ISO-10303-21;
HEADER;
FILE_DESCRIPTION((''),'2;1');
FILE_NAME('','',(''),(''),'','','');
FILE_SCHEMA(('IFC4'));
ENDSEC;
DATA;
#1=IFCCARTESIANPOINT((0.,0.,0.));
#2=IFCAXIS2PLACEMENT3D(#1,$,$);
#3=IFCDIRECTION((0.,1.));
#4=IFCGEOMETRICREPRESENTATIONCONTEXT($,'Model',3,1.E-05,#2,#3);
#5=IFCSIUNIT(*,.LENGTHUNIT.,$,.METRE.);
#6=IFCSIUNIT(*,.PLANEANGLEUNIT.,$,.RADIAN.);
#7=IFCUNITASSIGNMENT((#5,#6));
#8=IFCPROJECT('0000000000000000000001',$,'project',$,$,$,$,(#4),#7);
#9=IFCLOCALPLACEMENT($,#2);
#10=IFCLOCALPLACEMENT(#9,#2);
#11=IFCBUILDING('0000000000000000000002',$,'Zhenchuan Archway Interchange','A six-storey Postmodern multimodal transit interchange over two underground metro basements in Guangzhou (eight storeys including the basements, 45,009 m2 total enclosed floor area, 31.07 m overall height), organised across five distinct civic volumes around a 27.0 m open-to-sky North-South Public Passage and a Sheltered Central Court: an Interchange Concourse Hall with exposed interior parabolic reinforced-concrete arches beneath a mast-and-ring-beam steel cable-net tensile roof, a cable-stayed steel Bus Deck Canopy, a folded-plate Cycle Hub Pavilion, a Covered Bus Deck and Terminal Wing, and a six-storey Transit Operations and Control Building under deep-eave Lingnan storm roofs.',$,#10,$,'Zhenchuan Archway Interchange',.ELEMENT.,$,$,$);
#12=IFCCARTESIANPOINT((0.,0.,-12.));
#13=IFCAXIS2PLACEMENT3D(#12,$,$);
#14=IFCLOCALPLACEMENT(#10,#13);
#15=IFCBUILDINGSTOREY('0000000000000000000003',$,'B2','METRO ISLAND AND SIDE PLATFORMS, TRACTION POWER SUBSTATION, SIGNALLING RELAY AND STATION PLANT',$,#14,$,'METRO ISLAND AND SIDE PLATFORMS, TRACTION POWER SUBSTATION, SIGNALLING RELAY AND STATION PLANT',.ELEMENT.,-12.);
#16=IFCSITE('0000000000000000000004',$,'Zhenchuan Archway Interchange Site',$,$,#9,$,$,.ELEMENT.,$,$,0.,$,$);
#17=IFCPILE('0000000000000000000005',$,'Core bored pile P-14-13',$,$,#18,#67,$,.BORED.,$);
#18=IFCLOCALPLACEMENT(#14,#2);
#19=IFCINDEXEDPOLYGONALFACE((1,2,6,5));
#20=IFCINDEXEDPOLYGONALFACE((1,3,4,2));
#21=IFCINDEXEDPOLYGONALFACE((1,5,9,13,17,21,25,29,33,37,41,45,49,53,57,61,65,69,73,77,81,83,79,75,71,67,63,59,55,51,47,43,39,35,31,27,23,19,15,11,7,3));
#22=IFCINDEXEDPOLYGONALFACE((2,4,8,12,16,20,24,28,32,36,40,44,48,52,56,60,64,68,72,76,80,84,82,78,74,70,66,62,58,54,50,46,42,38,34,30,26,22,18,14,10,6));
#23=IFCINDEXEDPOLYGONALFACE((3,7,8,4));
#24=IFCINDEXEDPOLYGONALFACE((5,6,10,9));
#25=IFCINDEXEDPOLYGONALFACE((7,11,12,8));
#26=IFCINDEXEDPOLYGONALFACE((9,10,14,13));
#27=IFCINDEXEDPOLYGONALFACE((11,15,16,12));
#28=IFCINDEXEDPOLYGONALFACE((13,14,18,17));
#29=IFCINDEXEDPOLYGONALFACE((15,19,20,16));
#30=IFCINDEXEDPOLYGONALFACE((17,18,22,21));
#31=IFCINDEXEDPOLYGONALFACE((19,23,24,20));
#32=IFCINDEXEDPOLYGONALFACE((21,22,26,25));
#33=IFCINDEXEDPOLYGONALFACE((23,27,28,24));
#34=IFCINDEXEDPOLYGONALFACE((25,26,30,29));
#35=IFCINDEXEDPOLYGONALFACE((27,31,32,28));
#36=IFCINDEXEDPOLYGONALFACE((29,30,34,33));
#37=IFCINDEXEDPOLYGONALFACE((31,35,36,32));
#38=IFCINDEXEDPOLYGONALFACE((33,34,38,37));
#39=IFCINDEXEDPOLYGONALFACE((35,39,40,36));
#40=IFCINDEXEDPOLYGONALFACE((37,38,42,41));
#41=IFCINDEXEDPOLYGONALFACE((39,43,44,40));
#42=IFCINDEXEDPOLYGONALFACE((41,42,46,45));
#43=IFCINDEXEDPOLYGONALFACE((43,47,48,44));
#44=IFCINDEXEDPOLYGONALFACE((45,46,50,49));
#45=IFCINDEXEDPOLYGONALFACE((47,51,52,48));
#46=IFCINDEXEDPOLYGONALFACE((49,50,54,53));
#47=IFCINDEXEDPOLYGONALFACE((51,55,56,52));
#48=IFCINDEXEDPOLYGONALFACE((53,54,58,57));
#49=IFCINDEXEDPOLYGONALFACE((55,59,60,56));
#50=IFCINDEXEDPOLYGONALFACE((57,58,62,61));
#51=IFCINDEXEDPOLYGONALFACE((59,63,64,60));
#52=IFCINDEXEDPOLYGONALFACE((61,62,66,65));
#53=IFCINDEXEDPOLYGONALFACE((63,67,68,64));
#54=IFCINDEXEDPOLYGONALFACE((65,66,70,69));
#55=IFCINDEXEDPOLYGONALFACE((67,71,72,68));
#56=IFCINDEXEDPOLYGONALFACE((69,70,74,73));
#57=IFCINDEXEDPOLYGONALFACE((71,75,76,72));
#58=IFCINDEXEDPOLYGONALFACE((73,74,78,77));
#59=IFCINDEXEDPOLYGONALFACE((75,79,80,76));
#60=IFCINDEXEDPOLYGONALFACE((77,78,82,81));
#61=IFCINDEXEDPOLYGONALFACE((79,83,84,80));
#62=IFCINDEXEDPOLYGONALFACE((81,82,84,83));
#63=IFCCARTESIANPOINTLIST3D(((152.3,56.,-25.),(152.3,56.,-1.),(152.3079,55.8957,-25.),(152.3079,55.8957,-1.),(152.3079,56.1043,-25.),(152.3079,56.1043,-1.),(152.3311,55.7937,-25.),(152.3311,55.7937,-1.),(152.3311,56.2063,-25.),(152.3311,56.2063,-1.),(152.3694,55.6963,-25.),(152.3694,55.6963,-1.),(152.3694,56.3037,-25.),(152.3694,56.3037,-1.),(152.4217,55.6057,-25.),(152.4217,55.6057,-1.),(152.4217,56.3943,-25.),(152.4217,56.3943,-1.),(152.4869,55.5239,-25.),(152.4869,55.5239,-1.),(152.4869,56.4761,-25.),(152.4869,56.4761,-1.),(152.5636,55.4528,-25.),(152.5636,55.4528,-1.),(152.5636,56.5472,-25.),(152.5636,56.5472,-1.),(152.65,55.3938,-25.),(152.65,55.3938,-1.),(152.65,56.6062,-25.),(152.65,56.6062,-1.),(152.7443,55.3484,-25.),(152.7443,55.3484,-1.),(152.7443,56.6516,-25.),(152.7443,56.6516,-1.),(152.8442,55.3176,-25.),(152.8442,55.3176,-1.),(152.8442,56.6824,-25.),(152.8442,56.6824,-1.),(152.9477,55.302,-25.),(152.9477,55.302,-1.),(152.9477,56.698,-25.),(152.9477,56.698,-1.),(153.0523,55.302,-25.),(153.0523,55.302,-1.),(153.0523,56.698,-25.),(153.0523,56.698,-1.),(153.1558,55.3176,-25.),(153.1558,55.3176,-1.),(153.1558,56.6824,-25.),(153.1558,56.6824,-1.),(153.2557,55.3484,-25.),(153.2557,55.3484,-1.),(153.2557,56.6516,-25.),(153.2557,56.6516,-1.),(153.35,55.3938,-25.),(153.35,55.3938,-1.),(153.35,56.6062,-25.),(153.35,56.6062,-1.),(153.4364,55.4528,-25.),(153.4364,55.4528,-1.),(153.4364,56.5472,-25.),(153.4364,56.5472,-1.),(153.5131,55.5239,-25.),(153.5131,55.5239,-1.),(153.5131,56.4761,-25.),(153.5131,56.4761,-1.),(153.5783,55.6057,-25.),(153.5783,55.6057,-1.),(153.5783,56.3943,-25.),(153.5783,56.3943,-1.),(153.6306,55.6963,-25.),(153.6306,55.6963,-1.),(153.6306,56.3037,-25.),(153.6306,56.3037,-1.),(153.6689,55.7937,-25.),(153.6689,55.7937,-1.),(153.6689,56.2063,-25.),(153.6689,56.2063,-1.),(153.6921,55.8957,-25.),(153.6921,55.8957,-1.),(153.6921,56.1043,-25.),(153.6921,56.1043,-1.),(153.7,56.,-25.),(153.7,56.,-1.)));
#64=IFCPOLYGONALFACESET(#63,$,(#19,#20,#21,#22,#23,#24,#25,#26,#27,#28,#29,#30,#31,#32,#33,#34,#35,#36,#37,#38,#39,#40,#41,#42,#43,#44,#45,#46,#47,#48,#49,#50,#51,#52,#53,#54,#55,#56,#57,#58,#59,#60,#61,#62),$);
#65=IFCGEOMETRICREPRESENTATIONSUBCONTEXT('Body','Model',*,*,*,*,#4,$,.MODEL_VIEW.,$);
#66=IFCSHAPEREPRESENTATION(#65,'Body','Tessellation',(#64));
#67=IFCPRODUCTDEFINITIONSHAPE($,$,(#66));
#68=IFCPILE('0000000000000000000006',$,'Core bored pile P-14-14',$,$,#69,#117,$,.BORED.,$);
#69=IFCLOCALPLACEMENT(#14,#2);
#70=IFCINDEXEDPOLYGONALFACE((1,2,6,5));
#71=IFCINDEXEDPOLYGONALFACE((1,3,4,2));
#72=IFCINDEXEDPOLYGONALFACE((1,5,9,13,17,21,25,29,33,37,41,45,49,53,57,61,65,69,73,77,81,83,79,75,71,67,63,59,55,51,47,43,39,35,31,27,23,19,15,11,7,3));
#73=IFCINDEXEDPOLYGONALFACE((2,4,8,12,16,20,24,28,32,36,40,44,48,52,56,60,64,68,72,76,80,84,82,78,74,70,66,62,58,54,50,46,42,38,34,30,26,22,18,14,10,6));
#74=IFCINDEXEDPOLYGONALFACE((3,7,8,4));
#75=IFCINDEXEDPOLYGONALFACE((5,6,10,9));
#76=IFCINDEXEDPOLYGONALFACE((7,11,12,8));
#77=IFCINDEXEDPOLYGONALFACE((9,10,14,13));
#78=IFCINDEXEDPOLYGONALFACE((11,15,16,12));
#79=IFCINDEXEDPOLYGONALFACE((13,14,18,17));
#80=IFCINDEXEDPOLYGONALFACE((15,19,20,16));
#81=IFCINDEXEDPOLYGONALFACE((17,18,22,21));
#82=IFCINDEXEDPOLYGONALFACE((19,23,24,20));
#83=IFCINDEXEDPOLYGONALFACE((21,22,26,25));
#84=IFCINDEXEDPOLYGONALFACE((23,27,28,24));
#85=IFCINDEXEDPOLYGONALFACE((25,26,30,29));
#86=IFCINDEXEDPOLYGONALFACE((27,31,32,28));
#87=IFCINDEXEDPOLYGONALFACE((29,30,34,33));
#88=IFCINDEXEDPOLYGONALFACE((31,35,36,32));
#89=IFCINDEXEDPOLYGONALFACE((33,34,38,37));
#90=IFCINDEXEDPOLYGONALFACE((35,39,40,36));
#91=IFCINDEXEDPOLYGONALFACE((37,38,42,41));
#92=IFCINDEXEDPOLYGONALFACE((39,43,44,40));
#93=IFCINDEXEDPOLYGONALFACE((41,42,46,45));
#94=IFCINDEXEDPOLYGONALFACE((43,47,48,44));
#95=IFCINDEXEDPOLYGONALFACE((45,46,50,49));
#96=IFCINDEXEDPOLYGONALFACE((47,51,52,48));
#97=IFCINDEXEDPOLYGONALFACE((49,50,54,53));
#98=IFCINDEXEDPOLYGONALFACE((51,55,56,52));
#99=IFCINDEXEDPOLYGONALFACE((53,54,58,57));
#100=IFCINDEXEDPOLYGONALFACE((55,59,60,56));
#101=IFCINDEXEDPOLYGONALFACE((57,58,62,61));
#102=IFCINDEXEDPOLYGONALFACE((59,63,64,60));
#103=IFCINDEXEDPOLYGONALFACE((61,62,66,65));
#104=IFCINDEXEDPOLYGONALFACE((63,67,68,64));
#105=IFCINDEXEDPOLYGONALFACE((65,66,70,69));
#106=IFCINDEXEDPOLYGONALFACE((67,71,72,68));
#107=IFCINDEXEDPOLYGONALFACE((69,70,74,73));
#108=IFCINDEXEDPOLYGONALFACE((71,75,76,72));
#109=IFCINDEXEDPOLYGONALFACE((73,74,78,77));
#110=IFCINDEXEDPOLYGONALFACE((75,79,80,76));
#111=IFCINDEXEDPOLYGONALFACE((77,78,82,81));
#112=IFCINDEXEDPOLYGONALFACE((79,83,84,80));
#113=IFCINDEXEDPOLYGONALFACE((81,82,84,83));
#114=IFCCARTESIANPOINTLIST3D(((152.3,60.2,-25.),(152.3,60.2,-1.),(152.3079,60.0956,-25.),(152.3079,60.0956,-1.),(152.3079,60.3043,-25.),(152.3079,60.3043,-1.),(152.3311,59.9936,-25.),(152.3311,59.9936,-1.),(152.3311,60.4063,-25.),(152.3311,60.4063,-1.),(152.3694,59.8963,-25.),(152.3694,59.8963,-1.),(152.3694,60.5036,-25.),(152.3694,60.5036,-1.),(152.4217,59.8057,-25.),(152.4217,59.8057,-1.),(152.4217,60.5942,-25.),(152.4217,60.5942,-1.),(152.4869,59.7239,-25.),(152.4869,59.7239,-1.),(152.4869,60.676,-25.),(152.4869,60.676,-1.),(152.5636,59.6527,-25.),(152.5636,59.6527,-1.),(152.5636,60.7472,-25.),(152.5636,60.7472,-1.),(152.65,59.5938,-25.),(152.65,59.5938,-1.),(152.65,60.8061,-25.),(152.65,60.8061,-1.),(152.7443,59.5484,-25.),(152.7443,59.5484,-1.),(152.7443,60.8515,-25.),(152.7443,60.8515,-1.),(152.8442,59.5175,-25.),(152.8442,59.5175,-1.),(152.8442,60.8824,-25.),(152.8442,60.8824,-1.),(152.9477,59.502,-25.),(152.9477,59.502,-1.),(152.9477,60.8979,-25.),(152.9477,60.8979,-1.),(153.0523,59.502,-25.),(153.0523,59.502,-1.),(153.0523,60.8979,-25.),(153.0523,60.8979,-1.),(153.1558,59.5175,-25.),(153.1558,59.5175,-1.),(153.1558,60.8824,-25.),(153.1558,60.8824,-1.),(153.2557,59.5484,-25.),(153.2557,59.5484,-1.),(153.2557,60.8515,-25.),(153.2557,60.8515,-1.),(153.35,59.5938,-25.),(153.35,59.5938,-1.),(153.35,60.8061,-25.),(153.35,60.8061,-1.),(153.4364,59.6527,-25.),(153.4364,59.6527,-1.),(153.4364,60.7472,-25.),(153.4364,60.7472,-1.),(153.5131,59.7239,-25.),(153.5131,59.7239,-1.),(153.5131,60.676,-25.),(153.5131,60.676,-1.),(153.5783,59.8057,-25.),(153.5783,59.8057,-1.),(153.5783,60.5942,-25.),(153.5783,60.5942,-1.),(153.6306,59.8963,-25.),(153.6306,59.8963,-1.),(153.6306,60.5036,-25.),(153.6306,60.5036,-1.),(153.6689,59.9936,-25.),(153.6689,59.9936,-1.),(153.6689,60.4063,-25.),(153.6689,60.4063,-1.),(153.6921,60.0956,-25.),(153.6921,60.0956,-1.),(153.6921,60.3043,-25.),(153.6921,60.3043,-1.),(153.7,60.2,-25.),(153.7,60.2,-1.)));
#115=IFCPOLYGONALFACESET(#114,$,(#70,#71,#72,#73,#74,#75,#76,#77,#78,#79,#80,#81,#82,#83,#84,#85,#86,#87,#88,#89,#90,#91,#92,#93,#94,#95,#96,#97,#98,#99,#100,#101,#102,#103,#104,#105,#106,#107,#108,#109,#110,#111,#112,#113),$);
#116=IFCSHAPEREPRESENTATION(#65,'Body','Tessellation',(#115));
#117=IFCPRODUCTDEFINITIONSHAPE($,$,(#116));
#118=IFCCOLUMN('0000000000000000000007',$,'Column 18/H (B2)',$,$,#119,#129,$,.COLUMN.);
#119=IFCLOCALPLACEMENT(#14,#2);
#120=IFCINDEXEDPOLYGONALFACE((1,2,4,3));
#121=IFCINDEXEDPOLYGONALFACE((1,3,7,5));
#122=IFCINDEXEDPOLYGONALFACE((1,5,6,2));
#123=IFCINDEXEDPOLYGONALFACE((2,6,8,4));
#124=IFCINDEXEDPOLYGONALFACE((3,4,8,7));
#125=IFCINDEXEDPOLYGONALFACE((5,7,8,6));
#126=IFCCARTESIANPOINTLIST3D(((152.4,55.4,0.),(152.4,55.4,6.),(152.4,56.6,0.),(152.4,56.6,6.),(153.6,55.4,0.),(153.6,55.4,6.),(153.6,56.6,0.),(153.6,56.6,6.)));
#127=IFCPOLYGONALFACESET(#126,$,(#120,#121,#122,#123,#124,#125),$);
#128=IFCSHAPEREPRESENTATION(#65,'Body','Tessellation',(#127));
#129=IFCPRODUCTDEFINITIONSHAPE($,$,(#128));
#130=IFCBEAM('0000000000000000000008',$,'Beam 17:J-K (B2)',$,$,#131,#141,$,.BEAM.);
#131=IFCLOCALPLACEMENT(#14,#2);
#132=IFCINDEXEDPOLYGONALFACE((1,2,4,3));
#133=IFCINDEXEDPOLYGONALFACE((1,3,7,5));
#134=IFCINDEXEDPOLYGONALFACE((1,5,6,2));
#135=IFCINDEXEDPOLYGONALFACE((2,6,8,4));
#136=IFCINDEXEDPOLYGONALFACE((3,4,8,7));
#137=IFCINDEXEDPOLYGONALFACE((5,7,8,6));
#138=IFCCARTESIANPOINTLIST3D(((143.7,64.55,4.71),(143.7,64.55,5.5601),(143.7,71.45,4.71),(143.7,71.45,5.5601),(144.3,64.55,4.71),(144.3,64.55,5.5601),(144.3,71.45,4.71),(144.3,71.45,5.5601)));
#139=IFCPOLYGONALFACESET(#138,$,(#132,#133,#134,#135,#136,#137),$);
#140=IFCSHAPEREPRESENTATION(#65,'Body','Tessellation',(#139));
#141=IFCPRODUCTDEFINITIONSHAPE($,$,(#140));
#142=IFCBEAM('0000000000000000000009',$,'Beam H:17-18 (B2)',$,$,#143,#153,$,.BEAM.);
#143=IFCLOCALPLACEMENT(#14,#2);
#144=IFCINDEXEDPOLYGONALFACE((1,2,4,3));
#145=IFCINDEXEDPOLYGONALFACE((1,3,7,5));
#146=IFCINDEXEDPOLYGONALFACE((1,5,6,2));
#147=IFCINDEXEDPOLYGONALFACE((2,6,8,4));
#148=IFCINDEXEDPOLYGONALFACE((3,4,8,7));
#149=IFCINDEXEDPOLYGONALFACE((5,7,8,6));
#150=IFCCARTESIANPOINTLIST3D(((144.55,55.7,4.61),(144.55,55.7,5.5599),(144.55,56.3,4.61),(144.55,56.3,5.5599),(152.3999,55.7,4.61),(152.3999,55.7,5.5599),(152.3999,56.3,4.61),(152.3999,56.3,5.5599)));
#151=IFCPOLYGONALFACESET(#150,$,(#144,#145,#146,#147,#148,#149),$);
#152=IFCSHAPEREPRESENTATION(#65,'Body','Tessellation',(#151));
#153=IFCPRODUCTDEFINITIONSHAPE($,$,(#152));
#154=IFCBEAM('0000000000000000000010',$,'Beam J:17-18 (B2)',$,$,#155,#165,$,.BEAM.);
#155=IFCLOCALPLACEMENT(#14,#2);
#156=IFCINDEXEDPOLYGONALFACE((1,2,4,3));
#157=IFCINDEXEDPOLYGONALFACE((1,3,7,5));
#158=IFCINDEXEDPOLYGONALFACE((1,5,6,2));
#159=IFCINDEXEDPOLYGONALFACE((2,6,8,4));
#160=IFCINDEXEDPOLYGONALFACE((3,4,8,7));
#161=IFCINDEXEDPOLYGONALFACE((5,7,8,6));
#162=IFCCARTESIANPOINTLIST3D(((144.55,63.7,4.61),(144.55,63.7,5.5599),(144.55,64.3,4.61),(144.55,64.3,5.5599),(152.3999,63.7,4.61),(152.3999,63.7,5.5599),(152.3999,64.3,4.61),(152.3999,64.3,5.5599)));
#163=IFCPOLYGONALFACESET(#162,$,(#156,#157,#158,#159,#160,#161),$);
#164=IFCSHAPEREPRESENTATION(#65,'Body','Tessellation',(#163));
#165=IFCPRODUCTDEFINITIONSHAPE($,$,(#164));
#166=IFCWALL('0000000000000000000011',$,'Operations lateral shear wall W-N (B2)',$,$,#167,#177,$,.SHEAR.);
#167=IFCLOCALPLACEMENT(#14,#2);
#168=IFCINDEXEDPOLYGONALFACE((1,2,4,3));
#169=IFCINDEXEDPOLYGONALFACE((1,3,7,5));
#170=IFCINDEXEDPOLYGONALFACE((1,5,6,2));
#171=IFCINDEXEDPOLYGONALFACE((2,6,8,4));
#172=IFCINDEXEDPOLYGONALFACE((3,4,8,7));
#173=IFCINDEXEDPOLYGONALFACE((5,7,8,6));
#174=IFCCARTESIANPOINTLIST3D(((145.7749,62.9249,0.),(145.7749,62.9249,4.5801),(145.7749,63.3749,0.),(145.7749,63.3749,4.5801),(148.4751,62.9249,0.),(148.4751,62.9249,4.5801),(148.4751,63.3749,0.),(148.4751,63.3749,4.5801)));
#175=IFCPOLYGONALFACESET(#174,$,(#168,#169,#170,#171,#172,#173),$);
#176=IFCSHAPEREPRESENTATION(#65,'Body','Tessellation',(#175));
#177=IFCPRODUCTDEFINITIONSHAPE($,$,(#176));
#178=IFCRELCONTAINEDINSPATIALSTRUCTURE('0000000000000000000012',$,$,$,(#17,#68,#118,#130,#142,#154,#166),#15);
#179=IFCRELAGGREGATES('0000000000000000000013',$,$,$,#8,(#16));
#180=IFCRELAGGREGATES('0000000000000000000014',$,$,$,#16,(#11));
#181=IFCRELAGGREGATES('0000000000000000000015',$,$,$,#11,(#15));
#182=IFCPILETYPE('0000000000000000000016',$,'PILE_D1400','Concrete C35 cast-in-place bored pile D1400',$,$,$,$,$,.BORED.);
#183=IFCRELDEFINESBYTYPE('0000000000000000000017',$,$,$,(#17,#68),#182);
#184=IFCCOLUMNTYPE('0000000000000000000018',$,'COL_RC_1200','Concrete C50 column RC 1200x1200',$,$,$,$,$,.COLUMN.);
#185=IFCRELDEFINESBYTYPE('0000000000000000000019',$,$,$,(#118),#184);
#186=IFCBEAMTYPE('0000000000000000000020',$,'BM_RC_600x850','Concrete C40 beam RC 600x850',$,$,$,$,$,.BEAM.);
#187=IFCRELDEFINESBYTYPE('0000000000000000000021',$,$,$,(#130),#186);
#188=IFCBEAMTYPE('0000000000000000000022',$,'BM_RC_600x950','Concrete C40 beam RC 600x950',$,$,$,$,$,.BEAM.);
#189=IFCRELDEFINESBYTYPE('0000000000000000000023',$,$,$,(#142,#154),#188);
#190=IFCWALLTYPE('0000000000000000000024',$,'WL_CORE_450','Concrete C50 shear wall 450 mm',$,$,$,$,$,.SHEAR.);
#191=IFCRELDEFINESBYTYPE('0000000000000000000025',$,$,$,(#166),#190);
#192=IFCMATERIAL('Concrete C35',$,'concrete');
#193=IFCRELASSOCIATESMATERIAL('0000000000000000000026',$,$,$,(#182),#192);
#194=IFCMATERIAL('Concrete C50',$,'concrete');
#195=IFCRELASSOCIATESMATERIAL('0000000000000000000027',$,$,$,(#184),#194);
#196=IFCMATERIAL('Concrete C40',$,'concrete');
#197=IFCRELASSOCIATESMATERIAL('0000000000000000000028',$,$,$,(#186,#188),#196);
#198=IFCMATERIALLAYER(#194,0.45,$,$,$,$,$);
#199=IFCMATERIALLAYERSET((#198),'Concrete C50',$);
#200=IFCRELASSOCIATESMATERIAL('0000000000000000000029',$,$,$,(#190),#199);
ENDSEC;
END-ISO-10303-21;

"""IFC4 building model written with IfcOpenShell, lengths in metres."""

from ifc_helpers import new_model, si_unit, direction, frame, frame_2d, origin, origin_2d, place, context, subcontext, project, spatial, rectangle, circle, extrude, material, layer, layer_set, material_profile, profile_set, type_object, element, save


model = new_model("IFC4")

# Units and contexts
model_context = context("Model", 3, precision=1e-05, world=origin(), true_north=direction((0.0, 1.0)))
body_context = subcontext(model_context, "Body", "Model", "MODEL_VIEW")
ifc_project = project(units=[si_unit("LENGTHUNIT", "METRE"), si_unit("PLANEANGLEUNIT", "RADIAN")], contexts=[model_context])

# Site, building, storey
site_placement = place(None, origin())
site = spatial("IfcSite", under=ifc_project, at=site_placement, Name="Zhenchuan Archway Interchange Site", CompositionType="ELEMENT", RefElevation=0.0)
building_placement = place(site_placement, origin())
building = spatial("IfcBuilding", under=site, at=building_placement, Name="Zhenchuan Archway Interchange", Description="A six-storey Postmodern multimodal transit interchange over two underground metro basements in Guangzhou (eight storeys including the basements, 45,009 m2 total enclosed floor area, 31.07 m overall height), organised across five distinct civic volumes around a 27.0 m open-to-sky North-South Public Passage and a Sheltered Central Court: an Interchange Concourse Hall with exposed interior parabolic reinforced-concrete arches beneath a mast-and-ring-beam steel cable-net tensile roof, a cable-stayed steel Bus Deck Canopy, a folded-plate Cycle Hub Pavilion, a Covered Bus Deck and Terminal Wing, and a six-storey Transit Operations and Control Building under deep-eave Lingnan storm roofs.", LongName="Zhenchuan Archway Interchange", CompositionType="ELEMENT")
storey_placement = place(building_placement, frame((0.0, 0.0, -12.0)))
storey = spatial("IfcBuildingStorey", under=building, at=storey_placement, Name="B2", Description="METRO ISLAND AND SIDE PLATFORMS, TRACTION POWER SUBSTATION, SIGNALLING RELAY AND STATION PLANT", LongName="METRO ISLAND AND SIDE PLATFORMS, TRACTION POWER SUBSTATION, SIGNALLING RELAY AND STATION PLANT", CompositionType="ELEMENT", Elevation=-12.0)

# Shared definitions
ifc_material_1 = material(Name="Concrete C40", Category="concrete")

# Piles
ifc_material_2 = material(Name="Concrete C35", Category="concrete")
ifc_material_profile_1 = material_profile(ifc_material_2, circle(Radius=0.7, at=origin_2d()), Name="BORED PILE 1400")
ifc_profile_set_1 = profile_set([ifc_material_profile_1], Name="Concrete C35")
pile_type = type_object("IfcPileType", Name="PILE_D1400", Description="Concrete C35 cast-in-place bored pile D1400", PredefinedType="BORED", material=ifc_profile_set_1)
for number, where, z_axis, x_axis, name in (
    (1, (153.0, 56.0, -1.0), (0.0, 0.0, -1.0), (1.0, 0.0, 0.0), "Core bored pile P-14-13"),
    (2, (153.0, 60.2, -1.0), (0.0, 0.0, -1.0), (1.0, 0.0, 0.0), "Core bored pile P-14-14"),
):
    element("IfcPile", number, at=place(storey_placement, frame(where, z_axis=z_axis, x_axis=x_axis)), inside=storey, type_object=pile_type, Name=name, PredefinedType="BORED", context=body_context, shape_type="SweptSolid", body=[
        extrude(circle(Radius=0.7, at=origin_2d()), origin(), (0.0, 0.0, 1.0), 24.0),
    ])

# Column
ifc_material_3 = material(Name="Concrete C50", Category="concrete")
ifc_material_profile_2 = material_profile(ifc_material_3, rectangle(XDim=1.2, YDim=1.2, at=origin_2d()), Name="RC 1200x1200")
ifc_profile_set_2 = profile_set([ifc_material_profile_2], Name="Concrete C50")
column_type = type_object("IfcColumnType", Name="COL_RC_1200", Description="Concrete C50 column RC 1200x1200", PredefinedType="COLUMN", material=ifc_profile_set_2)
column_placement = place(storey_placement, frame((153.0, 56.0, 0.0), z_axis=(0.0, 0.0, 1.0), x_axis=(1.0, 0.0, 0.0)))
element("IfcColumn", 3, at=column_placement, inside=storey, type_object=column_type, Name="Column 18/H (B2)", PredefinedType="COLUMN", context=body_context, shape_type="SweptSolid", body=[
    extrude(rectangle(XDim=1.2, YDim=1.2, at=origin_2d()), origin(), (0.0, 0.0, 1.0), 6.0),
])

# Beams
ifc_material_profile_3 = material_profile(ifc_material_1, rectangle(XDim=0.6001, YDim=0.8501, at=origin_2d()), Name="RC 600x850")
ifc_profile_set_3 = profile_set([ifc_material_profile_3], Name="Concrete C40")
beam_type_1 = type_object("IfcBeamType", Name="BM_RC_600x850", Description="Concrete C40 beam RC 600x850", PredefinedType="BEAM", material=ifc_profile_set_3)
beam_placement = place(storey_placement, frame((144.0, 64.55, 5.135), z_axis=(0.0, 1.0, 0.0), x_axis=(-1.0, 0.0, 0.0)))
element("IfcBeam", 4, at=beam_placement, inside=storey, type_object=beam_type_1, Name="Beam 17:J-K (B2)", PredefinedType="BEAM", context=body_context, shape_type="SweptSolid", body=[
    extrude(rectangle(XDim=0.6001, YDim=0.8501, at=origin_2d()), origin(), (0.0, 0.0, 1.0), 6.8999),
])
ifc_material_profile_4 = material_profile(ifc_material_1, rectangle(XDim=0.6001, YDim=0.95, at=origin_2d()), Name="RC 600x950")
ifc_profile_set_4 = profile_set([ifc_material_profile_4], Name="Concrete C40")
beam_type_2 = type_object("IfcBeamType", Name="BM_RC_600x950", Description="Concrete C40 beam RC 600x950", PredefinedType="BEAM", material=ifc_profile_set_4)
for number, where, z_axis, x_axis, name in (
    (5, (144.55, 56.0, 5.085), (1.0, 0.0, 0.0), (0.0, 1.0, 0.0), "Beam H:17-18 (B2)"),
    (6, (144.55, 64.0, 5.085), (1.0, 0.0, 0.0), (0.0, 1.0, 0.0), "Beam J:17-18 (B2)"),
):
    element("IfcBeam", number, at=place(storey_placement, frame(where, z_axis=z_axis, x_axis=x_axis)), inside=storey, type_object=beam_type_2, Name=name, PredefinedType="BEAM", context=body_context, shape_type="SweptSolid", body=[
        extrude(rectangle(XDim=0.6001, YDim=0.95, at=origin_2d()), origin(), (0.0, 0.0, 1.0), 7.8499),
    ])

# Wall
ifc_layer_1 = layer(ifc_material_3, 0.45)
ifc_layer_set_1 = layer_set([ifc_layer_1], Name="Concrete C50")
wall_type_1 = type_object("IfcWallType", Name="WL_CORE_450", Description="Concrete C50 shear wall 450 mm", PredefinedType="SHEAR", material=ifc_layer_set_1)
wall_1_placement = place(storey_placement, frame((145.7749, 63.1499, 0.0), z_axis=(0.0, 0.0, 1.0), x_axis=(1.0, 0.0, 0.0)))
element("IfcWall", 7, at=wall_1_placement, inside=storey, type_object=wall_type_1, Name="Operations lateral shear wall W-N (B2)", PredefinedType="SHEAR", context=body_context, shape_type="SweptSolid", body=[
    extrude(rectangle(XDim=2.7002, YDim=0.45, at=frame_2d((1.3501, 0.0))), origin(), (0.0, 0.0, 1.0), 4.5801),
])

save(model, "model.ifc")
